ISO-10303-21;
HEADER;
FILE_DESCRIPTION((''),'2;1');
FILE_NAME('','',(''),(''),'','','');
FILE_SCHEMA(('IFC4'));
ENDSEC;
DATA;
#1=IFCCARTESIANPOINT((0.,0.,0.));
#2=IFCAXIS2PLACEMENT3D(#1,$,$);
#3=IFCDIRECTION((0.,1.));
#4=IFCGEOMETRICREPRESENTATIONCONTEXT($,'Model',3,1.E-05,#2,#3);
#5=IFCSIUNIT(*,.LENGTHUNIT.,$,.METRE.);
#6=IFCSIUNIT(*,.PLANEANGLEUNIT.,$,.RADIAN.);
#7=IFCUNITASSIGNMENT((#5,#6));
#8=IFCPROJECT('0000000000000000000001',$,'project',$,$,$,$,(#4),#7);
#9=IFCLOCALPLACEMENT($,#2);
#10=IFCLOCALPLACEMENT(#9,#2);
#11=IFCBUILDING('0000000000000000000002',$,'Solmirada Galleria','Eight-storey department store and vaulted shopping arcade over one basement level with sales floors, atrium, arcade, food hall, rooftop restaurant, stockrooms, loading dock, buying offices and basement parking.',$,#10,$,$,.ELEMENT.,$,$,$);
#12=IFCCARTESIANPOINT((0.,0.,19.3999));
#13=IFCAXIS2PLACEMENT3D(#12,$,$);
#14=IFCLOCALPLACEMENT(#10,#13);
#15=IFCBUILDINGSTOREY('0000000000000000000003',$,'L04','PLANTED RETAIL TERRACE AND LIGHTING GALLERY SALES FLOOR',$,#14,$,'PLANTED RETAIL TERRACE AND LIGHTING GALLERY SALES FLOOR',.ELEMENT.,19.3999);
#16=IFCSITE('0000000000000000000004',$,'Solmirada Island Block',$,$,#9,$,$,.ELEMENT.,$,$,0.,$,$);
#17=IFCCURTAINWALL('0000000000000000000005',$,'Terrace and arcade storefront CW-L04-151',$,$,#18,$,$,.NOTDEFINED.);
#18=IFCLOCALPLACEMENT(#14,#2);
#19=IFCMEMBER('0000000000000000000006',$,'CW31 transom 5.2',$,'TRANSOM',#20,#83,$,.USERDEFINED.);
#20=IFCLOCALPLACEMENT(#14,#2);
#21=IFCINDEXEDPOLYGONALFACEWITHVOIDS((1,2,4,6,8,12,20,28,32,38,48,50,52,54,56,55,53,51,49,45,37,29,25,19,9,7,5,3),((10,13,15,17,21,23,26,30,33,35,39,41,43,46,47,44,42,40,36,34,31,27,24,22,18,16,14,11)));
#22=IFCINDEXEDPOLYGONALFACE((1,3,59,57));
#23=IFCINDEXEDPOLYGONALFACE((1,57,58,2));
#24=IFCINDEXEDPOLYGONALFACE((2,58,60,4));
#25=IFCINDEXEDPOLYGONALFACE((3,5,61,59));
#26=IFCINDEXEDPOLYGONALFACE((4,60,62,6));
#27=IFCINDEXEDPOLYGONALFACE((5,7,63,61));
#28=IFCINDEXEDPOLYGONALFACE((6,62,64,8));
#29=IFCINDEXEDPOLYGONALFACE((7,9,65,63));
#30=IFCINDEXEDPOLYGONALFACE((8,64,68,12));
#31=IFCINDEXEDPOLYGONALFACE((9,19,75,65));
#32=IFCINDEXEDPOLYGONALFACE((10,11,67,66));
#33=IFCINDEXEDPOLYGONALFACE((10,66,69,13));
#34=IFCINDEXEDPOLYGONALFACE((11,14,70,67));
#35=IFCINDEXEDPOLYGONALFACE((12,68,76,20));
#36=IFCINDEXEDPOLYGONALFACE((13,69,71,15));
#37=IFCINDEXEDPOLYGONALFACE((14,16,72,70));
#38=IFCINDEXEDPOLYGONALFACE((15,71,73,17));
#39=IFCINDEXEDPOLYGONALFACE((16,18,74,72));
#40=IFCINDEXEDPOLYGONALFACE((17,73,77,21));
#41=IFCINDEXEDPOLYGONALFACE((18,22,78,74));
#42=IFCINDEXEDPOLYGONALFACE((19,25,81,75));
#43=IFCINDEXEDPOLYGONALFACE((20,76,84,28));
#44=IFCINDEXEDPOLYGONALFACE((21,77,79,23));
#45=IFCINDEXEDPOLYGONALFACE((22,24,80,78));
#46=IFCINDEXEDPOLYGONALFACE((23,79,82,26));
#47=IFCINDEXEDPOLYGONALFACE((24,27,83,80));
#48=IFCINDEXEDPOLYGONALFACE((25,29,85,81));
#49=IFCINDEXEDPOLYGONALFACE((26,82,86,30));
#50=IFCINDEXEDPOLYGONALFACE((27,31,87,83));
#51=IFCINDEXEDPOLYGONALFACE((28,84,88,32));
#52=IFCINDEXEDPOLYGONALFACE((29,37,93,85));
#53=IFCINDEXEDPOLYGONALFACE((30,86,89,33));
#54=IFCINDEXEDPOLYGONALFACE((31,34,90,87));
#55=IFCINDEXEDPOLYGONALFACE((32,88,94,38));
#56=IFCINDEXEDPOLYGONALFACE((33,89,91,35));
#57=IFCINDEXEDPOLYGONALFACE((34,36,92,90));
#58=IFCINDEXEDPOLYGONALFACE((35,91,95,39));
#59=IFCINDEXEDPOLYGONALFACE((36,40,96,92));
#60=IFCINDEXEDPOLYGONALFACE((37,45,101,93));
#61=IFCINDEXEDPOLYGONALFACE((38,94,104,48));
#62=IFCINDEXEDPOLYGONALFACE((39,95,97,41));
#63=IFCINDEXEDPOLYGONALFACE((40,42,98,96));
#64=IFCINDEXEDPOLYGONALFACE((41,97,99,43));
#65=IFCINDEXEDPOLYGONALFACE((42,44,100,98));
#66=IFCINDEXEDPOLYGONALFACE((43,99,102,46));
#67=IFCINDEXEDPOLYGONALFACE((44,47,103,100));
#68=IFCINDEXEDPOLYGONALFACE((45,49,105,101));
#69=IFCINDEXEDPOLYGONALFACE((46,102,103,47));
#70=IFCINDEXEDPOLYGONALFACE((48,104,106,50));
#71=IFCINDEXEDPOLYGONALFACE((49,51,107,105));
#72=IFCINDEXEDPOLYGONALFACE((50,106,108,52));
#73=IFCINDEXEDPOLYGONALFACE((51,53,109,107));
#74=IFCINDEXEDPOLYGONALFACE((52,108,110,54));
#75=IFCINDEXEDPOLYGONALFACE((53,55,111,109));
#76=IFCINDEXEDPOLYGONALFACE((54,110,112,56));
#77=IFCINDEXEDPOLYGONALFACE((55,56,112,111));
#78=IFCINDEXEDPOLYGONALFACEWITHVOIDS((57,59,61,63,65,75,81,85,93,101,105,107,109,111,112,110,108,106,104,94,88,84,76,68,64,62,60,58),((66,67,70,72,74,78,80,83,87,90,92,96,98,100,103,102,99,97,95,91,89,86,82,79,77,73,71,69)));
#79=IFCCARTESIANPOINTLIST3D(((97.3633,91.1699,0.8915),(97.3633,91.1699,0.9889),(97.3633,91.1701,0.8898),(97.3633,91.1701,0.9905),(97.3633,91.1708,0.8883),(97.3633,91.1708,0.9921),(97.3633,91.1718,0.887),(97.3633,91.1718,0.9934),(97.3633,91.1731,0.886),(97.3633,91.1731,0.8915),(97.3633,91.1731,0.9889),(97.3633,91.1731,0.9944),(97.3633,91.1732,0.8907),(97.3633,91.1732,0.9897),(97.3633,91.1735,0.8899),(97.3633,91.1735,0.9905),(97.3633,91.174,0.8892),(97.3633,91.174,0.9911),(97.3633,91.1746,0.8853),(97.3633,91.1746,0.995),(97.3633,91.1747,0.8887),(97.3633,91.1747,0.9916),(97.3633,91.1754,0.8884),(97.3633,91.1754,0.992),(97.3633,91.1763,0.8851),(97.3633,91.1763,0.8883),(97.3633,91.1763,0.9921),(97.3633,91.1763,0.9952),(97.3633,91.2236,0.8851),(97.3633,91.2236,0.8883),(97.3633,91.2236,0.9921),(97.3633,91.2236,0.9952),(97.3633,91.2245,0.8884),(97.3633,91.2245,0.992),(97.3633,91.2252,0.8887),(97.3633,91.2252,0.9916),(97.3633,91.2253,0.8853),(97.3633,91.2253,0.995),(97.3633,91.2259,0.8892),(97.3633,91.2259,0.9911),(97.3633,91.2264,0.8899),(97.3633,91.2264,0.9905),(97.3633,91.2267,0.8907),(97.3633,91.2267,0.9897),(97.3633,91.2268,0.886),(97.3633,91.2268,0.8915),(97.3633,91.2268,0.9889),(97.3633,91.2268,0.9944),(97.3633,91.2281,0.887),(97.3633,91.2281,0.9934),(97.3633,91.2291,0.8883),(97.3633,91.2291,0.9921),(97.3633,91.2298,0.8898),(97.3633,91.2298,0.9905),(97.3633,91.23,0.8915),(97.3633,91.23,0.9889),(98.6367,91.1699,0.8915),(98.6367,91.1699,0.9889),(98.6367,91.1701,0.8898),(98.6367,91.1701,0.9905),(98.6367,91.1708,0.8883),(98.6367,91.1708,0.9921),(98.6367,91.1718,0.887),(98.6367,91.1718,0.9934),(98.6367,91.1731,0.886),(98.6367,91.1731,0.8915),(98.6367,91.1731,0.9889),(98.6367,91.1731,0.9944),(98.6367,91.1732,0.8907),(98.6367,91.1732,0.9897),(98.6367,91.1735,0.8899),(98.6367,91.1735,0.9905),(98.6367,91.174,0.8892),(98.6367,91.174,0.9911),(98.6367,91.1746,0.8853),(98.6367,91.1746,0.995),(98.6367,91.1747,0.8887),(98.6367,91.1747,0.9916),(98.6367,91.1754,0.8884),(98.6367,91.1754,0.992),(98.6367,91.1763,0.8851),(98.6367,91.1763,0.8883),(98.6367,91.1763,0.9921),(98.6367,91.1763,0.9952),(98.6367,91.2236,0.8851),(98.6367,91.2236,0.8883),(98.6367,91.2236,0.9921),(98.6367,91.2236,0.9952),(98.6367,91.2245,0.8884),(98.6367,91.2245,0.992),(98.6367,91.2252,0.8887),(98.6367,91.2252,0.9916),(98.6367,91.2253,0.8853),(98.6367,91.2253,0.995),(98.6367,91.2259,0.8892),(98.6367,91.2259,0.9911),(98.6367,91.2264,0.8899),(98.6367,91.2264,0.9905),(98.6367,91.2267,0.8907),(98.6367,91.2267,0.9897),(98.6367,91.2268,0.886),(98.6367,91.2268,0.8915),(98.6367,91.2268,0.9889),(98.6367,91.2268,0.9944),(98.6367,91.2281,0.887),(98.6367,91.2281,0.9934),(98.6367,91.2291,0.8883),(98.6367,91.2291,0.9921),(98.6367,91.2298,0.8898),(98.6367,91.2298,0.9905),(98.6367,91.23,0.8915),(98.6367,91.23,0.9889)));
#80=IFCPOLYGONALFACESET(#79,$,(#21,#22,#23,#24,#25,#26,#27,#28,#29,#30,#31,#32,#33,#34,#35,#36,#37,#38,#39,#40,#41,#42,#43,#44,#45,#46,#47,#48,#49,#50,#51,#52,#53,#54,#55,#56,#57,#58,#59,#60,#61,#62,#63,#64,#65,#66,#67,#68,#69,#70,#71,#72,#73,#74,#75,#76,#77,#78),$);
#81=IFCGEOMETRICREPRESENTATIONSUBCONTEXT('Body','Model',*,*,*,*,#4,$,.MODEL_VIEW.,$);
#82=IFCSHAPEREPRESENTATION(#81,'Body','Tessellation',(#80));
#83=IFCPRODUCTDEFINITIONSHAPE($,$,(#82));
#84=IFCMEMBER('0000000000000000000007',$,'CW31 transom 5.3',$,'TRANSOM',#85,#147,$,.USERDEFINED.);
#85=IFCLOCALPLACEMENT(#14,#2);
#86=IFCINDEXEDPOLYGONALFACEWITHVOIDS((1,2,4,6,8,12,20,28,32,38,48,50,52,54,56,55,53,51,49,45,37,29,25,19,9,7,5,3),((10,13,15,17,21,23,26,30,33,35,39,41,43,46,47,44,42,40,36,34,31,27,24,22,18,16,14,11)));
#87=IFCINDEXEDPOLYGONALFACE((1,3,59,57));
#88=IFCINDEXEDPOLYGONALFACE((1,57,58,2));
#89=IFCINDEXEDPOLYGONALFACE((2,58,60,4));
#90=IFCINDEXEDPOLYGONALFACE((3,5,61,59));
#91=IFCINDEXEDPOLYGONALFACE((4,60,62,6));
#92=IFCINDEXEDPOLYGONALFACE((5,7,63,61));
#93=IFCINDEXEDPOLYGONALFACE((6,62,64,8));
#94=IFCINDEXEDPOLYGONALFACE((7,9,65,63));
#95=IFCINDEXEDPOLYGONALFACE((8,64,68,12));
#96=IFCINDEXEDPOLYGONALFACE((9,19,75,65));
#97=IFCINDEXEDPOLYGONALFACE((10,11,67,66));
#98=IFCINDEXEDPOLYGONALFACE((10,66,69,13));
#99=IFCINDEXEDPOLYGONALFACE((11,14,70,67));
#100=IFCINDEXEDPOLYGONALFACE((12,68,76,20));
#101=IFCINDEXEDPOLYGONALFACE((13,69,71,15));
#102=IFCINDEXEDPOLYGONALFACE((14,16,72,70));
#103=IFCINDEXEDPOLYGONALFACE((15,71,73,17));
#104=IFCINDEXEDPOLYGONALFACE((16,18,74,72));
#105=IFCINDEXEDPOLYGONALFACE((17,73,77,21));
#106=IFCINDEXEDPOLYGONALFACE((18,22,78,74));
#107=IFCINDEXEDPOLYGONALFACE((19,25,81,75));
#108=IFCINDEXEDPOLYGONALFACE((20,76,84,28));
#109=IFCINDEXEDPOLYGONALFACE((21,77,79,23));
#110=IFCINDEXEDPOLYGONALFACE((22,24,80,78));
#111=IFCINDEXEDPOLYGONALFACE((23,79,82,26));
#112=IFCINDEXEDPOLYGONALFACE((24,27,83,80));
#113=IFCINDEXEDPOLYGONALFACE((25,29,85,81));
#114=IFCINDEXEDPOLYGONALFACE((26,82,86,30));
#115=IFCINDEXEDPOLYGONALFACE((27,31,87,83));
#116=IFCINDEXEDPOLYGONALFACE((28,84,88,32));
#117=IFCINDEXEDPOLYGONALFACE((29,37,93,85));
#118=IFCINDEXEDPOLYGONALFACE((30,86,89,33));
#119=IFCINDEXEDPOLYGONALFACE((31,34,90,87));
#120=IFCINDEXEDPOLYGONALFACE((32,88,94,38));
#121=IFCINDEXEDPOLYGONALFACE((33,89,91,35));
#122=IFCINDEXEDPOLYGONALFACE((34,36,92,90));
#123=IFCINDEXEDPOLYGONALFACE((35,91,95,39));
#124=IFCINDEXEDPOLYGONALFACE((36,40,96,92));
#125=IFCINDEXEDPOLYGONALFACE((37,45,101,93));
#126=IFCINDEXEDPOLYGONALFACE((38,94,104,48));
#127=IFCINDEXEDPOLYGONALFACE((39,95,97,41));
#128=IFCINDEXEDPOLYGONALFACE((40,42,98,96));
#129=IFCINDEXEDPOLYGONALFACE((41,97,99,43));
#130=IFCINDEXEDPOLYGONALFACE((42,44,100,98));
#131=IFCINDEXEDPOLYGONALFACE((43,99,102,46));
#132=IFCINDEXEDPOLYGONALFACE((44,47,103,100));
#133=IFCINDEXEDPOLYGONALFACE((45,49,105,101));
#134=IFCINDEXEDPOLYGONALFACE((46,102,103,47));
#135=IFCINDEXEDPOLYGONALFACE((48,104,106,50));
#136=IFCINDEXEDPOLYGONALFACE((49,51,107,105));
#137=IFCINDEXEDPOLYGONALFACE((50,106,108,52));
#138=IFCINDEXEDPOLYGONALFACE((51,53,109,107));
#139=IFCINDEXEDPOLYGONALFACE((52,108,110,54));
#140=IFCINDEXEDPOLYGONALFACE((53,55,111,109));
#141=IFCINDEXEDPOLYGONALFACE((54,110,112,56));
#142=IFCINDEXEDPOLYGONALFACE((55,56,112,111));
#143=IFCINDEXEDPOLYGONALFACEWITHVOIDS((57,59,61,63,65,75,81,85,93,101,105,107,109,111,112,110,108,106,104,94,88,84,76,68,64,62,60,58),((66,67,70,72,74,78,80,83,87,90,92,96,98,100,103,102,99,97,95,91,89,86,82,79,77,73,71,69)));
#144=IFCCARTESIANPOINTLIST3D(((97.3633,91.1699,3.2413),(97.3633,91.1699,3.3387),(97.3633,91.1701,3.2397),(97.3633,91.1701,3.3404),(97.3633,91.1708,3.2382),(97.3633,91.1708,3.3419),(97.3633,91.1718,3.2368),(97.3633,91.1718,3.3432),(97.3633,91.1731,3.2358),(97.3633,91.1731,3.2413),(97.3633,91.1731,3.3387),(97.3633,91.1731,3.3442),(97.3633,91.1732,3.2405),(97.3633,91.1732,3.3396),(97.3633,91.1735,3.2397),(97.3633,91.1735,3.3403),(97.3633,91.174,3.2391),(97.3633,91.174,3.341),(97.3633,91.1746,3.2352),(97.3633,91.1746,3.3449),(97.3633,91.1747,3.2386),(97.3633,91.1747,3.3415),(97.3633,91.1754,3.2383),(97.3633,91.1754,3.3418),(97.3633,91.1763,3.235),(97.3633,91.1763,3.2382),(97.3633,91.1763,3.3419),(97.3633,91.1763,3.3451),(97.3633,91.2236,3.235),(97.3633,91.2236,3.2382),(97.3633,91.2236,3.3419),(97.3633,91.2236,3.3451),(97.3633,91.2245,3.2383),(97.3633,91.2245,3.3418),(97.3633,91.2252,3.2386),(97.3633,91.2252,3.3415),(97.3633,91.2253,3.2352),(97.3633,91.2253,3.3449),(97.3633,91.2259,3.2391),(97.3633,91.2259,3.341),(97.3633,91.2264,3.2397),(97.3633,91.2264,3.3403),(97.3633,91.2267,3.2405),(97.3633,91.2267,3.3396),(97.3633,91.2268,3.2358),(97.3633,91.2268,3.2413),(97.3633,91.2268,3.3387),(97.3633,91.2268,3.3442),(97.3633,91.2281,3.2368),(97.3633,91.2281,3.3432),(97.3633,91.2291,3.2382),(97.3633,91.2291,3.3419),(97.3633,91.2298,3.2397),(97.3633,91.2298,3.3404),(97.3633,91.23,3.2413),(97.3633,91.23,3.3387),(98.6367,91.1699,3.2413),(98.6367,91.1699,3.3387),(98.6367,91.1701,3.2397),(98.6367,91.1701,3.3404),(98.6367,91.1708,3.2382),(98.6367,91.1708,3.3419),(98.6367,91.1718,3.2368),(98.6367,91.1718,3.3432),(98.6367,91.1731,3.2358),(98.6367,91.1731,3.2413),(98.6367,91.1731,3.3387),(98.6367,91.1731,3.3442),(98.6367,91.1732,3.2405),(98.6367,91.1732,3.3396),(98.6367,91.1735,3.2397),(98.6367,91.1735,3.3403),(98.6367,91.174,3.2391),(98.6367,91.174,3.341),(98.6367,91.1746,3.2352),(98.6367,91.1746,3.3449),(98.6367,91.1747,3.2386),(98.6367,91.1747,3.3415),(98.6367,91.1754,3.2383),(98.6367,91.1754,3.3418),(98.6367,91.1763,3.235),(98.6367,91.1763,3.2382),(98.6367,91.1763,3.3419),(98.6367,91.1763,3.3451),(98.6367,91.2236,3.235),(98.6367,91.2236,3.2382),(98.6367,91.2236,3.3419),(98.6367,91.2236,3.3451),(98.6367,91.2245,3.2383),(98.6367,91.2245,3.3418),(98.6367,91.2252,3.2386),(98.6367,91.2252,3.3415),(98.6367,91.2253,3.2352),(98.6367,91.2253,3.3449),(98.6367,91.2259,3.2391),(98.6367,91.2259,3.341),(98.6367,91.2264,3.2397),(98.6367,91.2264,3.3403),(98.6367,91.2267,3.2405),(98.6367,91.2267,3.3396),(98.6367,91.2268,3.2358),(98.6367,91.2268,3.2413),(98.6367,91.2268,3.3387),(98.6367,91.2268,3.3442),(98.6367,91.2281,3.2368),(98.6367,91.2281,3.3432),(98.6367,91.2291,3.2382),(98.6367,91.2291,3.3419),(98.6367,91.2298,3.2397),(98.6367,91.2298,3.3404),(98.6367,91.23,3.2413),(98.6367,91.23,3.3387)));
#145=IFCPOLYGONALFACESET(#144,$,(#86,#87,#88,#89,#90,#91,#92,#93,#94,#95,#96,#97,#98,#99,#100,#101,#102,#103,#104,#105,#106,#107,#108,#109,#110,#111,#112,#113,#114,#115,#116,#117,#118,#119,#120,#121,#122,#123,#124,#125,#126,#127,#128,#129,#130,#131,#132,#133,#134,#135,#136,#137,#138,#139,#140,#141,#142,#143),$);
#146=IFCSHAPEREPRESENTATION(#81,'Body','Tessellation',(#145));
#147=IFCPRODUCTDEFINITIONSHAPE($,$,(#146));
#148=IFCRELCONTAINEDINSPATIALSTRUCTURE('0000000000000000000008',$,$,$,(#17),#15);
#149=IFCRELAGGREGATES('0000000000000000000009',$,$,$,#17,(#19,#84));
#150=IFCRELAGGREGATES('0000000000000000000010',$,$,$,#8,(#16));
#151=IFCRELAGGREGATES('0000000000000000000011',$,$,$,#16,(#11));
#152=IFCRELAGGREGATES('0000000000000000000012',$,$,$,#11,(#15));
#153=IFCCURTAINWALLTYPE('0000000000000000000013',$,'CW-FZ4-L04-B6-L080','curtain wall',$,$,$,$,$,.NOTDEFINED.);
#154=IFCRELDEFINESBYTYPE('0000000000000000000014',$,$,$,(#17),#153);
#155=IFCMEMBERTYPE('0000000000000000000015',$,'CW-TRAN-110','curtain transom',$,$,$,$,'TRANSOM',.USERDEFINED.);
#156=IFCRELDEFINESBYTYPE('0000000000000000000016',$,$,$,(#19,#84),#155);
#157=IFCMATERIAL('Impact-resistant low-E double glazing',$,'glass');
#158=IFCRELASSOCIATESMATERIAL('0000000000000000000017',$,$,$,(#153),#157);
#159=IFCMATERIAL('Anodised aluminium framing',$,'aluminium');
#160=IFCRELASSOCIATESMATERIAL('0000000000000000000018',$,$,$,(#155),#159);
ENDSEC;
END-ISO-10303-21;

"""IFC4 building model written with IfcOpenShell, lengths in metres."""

from ifc_helpers import new_model, si_unit, direction, frame, origin, origin_2d, place, context, subcontext, project, spatial, hollow_rectangle, extrude, material, material_profile, profile_set, type_object, element, aggregate, save


model = new_model("IFC4")

# Units and contexts
model_context = context("Model", 3, precision=1e-05, world=origin(), true_north=direction((0.0, 1.0)))
body_context = subcontext(model_context, "Body", "Model", "MODEL_VIEW")
ifc_project = project(units=[si_unit("LENGTHUNIT", "METRE"), si_unit("PLANEANGLEUNIT", "RADIAN")], contexts=[model_context])

# Site, building, storey
site_placement = place(None, origin())
site = spatial("IfcSite", under=ifc_project, at=site_placement, Name="Solmirada Island Block", CompositionType="ELEMENT", RefElevation=0.0)
building_placement = place(site_placement, origin())
building = spatial("IfcBuilding", under=site, at=building_placement, Name="Solmirada Galleria", Description="Eight-storey department store and vaulted shopping arcade over one basement level with sales floors, atrium, arcade, food hall, rooftop restaurant, stockrooms, loading dock, buying offices and basement parking.", CompositionType="ELEMENT")
storey_placement = place(building_placement, frame((0.0, 0.0, 19.3999)))
storey = spatial("IfcBuildingStorey", under=building, at=storey_placement, Name="L04", Description="PLANTED RETAIL TERRACE AND LIGHTING GALLERY SALES FLOOR", LongName="PLANTED RETAIL TERRACE AND LIGHTING GALLERY SALES FLOOR", CompositionType="ELEMENT", Elevation=19.3999)

# Curtain wall, members
ifc_material_1 = material(Name="Impact-resistant low-E double glazing", Category="glass")
curtain_wall_type = type_object("IfcCurtainWallType", Name="CW-FZ4-L04-B6-L080", Description="curtain wall", PredefinedType="NOTDEFINED", material=ifc_material_1)
curtain_wall_placement = place(storey_placement, origin())
curtain_wall = element("IfcCurtainWall", 1, at=curtain_wall_placement, inside=storey, type_object=curtain_wall_type, Name="Terrace and arcade storefront CW-L04-151", PredefinedType="NOTDEFINED")
ifc_material_2 = material(Name="Anodised aluminium framing", Category="aluminium")
ifc_material_profile_1 = material_profile(ifc_material_2, hollow_rectangle(XDim=0.0601, YDim=0.1101, WallThickness=0.0032, InnerFilletRadius=0.0032, OuterFilletRadius=0.0063, at=origin_2d()), Name="ALU-TRAN-110X60")
ifc_profile_set_1 = profile_set([ifc_material_profile_1], Name="Anodised aluminium framing")
member_type_1 = type_object("IfcMemberType", Name="CW-TRAN-110", Description="curtain transom", ElementType="TRANSOM", PredefinedType="USERDEFINED", material=ifc_profile_set_1)
member_1_placement = place(storey_placement, frame((98.6367, 91.2, 0.9402), z_axis=(-1.0, 0.0, 0.0), x_axis=(0.0, -1.0, 0.0)))
member_1 = element("IfcMember", 2, at=member_1_placement, type_object=member_type_1, Name="CW31 transom 5.2", ObjectType="TRANSOM", PredefinedType="USERDEFINED", context=body_context, shape_type="SweptSolid", body=[
    extrude(hollow_rectangle(XDim=0.0601, YDim=0.1101, WallThickness=0.0032, InnerFilletRadius=0.0032, OuterFilletRadius=0.0063, at=origin_2d()), origin(), (0.0, 0.0, 1.0), 1.2734),
])
member_2_placement = place(storey_placement, frame((98.6367, 91.2, 3.29), z_axis=(-1.0, 0.0, 0.0), x_axis=(0.0, -1.0, 0.0)))
member_2 = element("IfcMember", 3, at=member_2_placement, type_object=member_type_1, Name="CW31 transom 5.3", ObjectType="TRANSOM", PredefinedType="USERDEFINED", context=body_context, shape_type="SweptSolid", body=[
    extrude(hollow_rectangle(XDim=0.0601, YDim=0.1101, WallThickness=0.0032, InnerFilletRadius=0.0032, OuterFilletRadius=0.0063, at=origin_2d()), origin(), (0.0, 0.0, 1.0), 1.2734),
])
aggregate(curtain_wall, [member_1, member_2])

save(model, "model.ifc")
